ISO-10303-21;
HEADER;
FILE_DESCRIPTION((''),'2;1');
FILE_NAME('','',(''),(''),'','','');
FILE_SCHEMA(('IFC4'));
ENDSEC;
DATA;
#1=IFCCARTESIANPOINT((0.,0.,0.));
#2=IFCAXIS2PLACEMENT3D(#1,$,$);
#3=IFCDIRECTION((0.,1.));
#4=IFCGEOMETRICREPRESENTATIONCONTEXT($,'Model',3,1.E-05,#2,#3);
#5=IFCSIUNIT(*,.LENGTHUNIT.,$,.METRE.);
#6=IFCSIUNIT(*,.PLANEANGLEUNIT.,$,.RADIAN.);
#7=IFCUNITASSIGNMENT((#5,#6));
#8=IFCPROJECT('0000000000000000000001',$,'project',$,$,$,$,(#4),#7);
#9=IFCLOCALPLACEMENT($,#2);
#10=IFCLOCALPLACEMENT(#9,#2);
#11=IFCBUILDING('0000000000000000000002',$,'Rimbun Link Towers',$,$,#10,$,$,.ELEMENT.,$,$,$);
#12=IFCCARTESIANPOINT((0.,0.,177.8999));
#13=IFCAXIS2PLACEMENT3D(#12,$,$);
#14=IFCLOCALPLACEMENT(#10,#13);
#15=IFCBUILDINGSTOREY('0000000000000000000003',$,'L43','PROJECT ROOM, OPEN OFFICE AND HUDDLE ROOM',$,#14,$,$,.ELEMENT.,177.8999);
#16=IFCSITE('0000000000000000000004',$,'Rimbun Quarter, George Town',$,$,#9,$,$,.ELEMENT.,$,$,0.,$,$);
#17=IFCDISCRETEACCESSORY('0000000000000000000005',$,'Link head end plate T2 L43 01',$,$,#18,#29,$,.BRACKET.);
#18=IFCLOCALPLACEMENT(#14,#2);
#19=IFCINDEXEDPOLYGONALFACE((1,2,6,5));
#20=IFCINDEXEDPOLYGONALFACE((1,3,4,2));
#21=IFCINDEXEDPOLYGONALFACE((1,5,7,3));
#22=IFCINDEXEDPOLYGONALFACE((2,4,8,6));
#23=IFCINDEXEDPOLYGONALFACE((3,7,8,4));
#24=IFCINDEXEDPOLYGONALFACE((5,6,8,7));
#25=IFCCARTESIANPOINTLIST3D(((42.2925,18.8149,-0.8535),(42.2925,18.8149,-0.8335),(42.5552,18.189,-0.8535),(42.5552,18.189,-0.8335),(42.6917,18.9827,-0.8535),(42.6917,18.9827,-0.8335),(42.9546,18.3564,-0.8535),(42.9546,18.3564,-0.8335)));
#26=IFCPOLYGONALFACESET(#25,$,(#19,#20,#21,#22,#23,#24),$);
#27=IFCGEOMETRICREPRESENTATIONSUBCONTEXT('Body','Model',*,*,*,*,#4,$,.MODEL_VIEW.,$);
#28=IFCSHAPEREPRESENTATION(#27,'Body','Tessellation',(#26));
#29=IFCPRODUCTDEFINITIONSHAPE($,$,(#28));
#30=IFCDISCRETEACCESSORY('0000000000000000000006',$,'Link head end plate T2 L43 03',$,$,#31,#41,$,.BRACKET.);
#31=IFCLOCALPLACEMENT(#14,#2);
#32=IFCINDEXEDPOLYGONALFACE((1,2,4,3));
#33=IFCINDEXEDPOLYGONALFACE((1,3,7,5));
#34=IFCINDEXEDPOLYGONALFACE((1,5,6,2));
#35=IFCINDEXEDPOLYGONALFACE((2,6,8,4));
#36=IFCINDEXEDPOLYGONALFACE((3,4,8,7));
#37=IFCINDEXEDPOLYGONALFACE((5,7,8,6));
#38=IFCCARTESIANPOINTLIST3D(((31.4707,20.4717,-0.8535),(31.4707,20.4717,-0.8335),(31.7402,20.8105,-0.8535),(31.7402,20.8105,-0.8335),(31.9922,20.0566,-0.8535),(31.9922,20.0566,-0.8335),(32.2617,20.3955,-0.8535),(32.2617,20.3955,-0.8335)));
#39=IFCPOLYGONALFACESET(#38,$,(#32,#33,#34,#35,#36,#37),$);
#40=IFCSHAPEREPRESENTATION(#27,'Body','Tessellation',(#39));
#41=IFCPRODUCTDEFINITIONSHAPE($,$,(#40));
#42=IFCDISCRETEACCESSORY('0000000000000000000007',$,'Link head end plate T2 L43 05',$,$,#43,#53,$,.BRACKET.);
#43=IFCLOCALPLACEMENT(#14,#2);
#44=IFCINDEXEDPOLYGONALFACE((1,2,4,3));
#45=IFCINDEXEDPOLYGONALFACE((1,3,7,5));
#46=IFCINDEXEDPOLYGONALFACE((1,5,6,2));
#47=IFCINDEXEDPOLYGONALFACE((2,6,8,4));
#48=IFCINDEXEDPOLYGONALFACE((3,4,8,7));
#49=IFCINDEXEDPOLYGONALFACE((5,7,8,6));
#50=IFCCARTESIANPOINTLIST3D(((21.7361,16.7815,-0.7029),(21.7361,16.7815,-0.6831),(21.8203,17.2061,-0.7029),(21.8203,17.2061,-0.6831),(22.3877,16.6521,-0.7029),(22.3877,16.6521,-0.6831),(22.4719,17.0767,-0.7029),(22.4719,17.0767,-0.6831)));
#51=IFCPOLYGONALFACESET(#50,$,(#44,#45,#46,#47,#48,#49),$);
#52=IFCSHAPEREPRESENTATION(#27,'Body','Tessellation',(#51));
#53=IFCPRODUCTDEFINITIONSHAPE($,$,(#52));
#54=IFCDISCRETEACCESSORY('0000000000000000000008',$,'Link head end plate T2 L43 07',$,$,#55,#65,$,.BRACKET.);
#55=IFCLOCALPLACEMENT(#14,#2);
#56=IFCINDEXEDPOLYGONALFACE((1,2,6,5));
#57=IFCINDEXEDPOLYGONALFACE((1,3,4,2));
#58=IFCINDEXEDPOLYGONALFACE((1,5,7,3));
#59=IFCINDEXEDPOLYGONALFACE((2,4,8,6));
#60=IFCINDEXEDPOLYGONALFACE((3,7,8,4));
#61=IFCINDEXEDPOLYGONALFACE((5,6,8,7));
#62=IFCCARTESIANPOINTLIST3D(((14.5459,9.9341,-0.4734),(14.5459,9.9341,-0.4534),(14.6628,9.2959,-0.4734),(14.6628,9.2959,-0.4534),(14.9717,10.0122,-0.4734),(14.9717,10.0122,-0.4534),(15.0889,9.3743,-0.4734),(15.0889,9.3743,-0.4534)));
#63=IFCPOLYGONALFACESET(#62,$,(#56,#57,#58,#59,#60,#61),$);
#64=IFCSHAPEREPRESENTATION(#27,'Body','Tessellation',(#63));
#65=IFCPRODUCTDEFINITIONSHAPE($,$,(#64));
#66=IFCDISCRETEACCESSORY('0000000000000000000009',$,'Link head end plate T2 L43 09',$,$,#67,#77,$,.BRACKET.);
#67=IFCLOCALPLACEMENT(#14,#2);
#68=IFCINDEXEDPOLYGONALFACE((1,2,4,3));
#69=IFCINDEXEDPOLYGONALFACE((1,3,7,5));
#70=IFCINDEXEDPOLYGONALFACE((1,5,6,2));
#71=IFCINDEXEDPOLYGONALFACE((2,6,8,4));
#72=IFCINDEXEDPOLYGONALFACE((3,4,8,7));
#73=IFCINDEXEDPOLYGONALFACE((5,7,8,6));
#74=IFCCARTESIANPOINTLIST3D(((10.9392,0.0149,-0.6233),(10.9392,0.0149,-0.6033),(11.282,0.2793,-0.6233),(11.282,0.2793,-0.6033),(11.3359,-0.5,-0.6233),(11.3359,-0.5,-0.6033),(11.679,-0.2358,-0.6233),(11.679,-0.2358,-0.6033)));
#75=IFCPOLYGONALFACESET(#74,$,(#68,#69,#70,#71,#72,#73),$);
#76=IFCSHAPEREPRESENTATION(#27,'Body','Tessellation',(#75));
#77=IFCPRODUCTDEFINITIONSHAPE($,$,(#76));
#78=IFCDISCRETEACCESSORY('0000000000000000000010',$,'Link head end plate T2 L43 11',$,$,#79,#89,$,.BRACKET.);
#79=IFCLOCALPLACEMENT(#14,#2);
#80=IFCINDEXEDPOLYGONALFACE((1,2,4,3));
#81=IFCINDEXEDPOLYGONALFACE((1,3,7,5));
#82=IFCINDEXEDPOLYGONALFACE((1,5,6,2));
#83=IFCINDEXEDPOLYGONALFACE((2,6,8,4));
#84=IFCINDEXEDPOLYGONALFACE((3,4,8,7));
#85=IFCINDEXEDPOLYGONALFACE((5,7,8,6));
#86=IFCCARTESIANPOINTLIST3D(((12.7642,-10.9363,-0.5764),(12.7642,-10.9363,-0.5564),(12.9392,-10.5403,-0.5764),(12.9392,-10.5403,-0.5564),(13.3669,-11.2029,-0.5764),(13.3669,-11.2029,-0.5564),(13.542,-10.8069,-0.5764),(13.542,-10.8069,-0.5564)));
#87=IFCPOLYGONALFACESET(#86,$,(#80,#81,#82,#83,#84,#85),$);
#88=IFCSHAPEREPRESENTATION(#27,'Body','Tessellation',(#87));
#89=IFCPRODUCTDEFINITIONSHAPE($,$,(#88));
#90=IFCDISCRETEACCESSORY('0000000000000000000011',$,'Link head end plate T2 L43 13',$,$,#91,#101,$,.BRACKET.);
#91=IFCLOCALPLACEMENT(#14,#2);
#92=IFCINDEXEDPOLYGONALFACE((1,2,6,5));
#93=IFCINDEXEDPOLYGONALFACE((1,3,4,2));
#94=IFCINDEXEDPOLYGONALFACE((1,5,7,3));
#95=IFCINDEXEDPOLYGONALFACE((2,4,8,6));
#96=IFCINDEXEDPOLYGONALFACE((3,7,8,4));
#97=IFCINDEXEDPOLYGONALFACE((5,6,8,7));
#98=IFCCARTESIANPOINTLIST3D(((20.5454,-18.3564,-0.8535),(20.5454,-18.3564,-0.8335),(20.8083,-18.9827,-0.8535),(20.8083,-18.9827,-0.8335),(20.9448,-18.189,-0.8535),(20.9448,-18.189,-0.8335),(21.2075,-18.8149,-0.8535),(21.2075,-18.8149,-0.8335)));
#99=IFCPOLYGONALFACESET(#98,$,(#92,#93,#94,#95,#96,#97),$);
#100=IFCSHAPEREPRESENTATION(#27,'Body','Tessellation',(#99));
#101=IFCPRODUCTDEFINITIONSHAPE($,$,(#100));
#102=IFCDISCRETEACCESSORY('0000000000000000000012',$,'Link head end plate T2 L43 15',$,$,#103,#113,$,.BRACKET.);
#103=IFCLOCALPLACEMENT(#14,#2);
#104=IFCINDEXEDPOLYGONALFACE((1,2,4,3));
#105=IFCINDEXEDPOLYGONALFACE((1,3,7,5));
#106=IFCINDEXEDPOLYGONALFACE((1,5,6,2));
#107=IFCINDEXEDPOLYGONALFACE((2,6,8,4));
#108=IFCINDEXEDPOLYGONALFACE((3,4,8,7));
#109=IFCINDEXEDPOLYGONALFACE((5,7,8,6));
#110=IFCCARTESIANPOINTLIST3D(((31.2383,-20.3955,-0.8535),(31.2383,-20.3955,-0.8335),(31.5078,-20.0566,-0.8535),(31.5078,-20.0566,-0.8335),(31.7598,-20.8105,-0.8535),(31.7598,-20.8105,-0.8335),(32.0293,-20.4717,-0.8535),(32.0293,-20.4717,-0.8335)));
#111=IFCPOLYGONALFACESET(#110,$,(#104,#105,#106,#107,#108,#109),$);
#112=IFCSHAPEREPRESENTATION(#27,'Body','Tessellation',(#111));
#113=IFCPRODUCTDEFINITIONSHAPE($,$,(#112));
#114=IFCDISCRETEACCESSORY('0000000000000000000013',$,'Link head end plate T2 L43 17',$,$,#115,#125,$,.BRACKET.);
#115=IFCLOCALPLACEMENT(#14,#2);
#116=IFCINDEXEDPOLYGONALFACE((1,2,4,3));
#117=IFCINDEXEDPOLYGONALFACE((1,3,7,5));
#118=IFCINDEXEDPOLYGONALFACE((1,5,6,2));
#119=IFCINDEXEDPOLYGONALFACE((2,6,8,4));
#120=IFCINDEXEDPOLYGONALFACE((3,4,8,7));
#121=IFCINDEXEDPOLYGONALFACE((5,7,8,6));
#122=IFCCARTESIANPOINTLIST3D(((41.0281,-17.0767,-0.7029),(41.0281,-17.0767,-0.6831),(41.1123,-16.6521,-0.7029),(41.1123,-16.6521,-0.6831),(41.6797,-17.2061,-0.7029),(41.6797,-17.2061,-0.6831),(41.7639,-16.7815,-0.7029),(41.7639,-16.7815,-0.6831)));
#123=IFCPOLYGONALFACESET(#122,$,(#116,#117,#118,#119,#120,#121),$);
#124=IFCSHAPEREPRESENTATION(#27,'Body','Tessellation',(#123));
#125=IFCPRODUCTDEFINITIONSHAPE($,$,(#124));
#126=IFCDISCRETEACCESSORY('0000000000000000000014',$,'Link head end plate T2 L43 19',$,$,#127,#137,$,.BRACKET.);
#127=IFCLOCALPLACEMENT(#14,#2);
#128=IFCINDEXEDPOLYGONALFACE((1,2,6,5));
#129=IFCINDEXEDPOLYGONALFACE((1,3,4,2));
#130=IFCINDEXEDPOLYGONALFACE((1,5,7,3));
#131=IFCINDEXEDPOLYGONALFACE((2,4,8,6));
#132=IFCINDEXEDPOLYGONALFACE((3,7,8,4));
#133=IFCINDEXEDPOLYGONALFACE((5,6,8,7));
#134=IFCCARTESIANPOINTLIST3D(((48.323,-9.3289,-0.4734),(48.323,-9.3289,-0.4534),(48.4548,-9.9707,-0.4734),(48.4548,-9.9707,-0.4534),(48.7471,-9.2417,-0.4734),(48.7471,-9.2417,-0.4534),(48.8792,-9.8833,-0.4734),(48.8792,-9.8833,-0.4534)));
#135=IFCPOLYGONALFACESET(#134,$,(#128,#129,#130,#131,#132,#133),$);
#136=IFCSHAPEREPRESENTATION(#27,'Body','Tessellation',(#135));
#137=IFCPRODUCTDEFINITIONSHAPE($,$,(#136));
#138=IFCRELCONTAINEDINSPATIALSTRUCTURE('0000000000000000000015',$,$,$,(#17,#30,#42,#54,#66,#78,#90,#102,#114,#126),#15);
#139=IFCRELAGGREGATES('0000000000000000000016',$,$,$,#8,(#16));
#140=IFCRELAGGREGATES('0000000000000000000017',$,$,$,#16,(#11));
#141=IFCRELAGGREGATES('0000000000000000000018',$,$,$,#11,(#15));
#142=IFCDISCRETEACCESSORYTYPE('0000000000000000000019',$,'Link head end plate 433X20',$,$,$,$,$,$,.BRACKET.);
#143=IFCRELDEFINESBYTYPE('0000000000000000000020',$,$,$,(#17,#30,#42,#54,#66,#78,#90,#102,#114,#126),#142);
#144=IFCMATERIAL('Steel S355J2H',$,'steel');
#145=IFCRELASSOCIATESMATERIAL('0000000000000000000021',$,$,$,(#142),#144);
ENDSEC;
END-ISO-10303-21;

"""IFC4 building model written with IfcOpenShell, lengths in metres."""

from ifc_helpers import new_model, si_unit, direction, frame, origin, origin_2d, place, context, subcontext, project, spatial, polyline, rectangle, outline, extrude, material, material_profile, profile_set, type_object, element, save


model = new_model("IFC4")

# Units and contexts
model_context = context("Model", 3, precision=1e-05, world=origin(), true_north=direction((0.0, 1.0)))
body_context = subcontext(model_context, "Body", "Model", "MODEL_VIEW")
ifc_project = project(units=[si_unit("LENGTHUNIT", "METRE"), si_unit("PLANEANGLEUNIT", "RADIAN")], contexts=[model_context])

# Site, building, storey
site_placement = place(None, origin())
site = spatial("IfcSite", under=ifc_project, at=site_placement, Name="Rimbun Quarter, George Town", CompositionType="ELEMENT", RefElevation=0.0)
building_placement = place(site_placement, origin())
building = spatial("IfcBuilding", under=site, at=building_placement, Name="Rimbun Link Towers", CompositionType="ELEMENT")
storey_placement = place(building_placement, frame((0.0, 0.0, 177.8999)))
storey = spatial("IfcBuildingStorey", under=building, at=storey_placement, Name="L43", Description="PROJECT ROOM, OPEN OFFICE AND HUDDLE ROOM", CompositionType="ELEMENT", Elevation=177.8999)

# Discrete accessories
ifc_material_1 = material(Name="Steel S355J2H", Category="steel")
ifc_material_profile_1 = material_profile(ifc_material_1, rectangle(XDim=0.4331, YDim=0.4331, at=origin_2d()), Name="PL 433x433")
ifc_profile_set_1 = profile_set([ifc_material_profile_1], Name="Steel S355J2H")
discrete_accessory_type_1 = type_object("IfcDiscreteAccessoryType", Name="Link head end plate 433X20", PredefinedType="BRACKET", material=ifc_profile_set_1)
discrete_accessory_1_placement = place(storey_placement, frame((0.0, 0.0, -0.8535)))
element("IfcDiscreteAccessory", 1, at=discrete_accessory_1_placement, inside=storey, type_object=discrete_accessory_type_1, Name="Link head end plate T2 L43 01", PredefinedType="BRACKET", context=body_context, shape_type="SweptSolid", body=[
    extrude(outline(polyline([(42.9546, 18.3564), (42.6917, 18.9827), (42.2925, 18.8149), (42.5552, 18.189), (42.9546, 18.3564)])), origin(), (0.0, 0.0, 1.0), 0.02),
])
discrete_accessory_2_placement = place(storey_placement, frame((0.0, 0.0, -0.8535)))
element("IfcDiscreteAccessory", 2, at=discrete_accessory_2_placement, inside=storey, type_object=discrete_accessory_type_1, Name="Link head end plate T2 L43 03", PredefinedType="BRACKET", context=body_context, shape_type="SweptSolid", body=[
    extrude(outline(polyline([(32.2617, 20.3955), (31.7402, 20.8105), (31.4707, 20.4717), (31.9922, 20.0566), (32.2617, 20.3955)])), origin(), (0.0, 0.0, 1.0), 0.02),
])
discrete_accessory_3_placement = place(storey_placement, frame((0.0, 0.0, -0.7029)))
element("IfcDiscreteAccessory", 3, at=discrete_accessory_3_placement, inside=storey, type_object=discrete_accessory_type_1, Name="Link head end plate T2 L43 05", PredefinedType="BRACKET", context=body_context, shape_type="SweptSolid", body=[
    extrude(outline(polyline([(22.4719, 17.0767), (21.8203, 17.2061), (21.7361, 16.7815), (22.3877, 16.6521), (22.4719, 17.0767)])), origin(), (0.0, 0.0, 1.0), 0.0198),
])
discrete_accessory_4_placement = place(storey_placement, frame((0.0, 0.0, -0.4734)))
element("IfcDiscreteAccessory", 4, at=discrete_accessory_4_placement, inside=storey, type_object=discrete_accessory_type_1, Name="Link head end plate T2 L43 07", PredefinedType="BRACKET", context=body_context, shape_type="SweptSolid", body=[
    extrude(outline(polyline([(15.0889, 9.3743), (14.9717, 10.0122), (14.5459, 9.9341), (14.6628, 9.2959), (15.0889, 9.3743)])), origin(), (0.0, 0.0, 1.0), 0.02),
])
discrete_accessory_5_placement = place(storey_placement, frame((0.0, 0.0, -0.6233)))
element("IfcDiscreteAccessory", 5, at=discrete_accessory_5_placement, inside=storey, type_object=discrete_accessory_type_1, Name="Link head end plate T2 L43 09", PredefinedType="BRACKET", context=body_context, shape_type="SweptSolid", body=[
    extrude(outline(polyline([(11.679, -0.2358), (11.282, 0.2793), (10.9392, 0.0149), (11.3359, -0.5), (11.679, -0.2358)])), origin(), (0.0, 0.0, 1.0), 0.02),
])
discrete_accessory_6_placement = place(storey_placement, frame((0.0, 0.0, -0.5764)))
element("IfcDiscreteAccessory", 6, at=discrete_accessory_6_placement, inside=storey, type_object=discrete_accessory_type_1, Name="Link head end plate T2 L43 11", PredefinedType="BRACKET", context=body_context, shape_type="SweptSolid", body=[
    extrude(outline(polyline([(13.542, -10.8069), (12.9392, -10.5403), (12.7642, -10.9363), (13.3669, -11.2029), (13.542, -10.8069)])), origin(), (0.0, 0.0, 1.0), 0.02),
])
discrete_accessory_7_placement = place(storey_placement, frame((0.0, 0.0, -0.8535)))
element("IfcDiscreteAccessory", 7, at=discrete_accessory_7_placement, inside=storey, type_object=discrete_accessory_type_1, Name="Link head end plate T2 L43 13", PredefinedType="BRACKET", context=body_context, shape_type="SweptSolid", body=[
    extrude(outline(polyline([(20.5454, -18.3564), (20.8083, -18.9827), (21.2075, -18.8149), (20.9448, -18.189), (20.5454, -18.3564)])), origin(), (0.0, 0.0, 1.0), 0.02),
])
discrete_accessory_8_placement = place(storey_placement, frame((0.0, 0.0, -0.8535)))
element("IfcDiscreteAccessory", 8, at=discrete_accessory_8_placement, inside=storey, type_object=discrete_accessory_type_1, Name="Link head end plate T2 L43 15", PredefinedType="BRACKET", context=body_context, shape_type="SweptSolid", body=[
    extrude(outline(polyline([(31.2383, -20.3955), (31.7598, -20.8105), (32.0293, -20.4717), (31.5078, -20.0566), (31.2383, -20.3955)])), origin(), (0.0, 0.0, 1.0), 0.02),
])
discrete_accessory_9_placement = place(storey_placement, frame((0.0, 0.0, -0.7029)))
element("IfcDiscreteAccessory", 9, at=discrete_accessory_9_placement, inside=storey, type_object=discrete_accessory_type_1, Name="Link head end plate T2 L43 17", PredefinedType="BRACKET", context=body_context, shape_type="SweptSolid", body=[
    extrude(outline(polyline([(41.0281, -17.0767), (41.6797, -17.2061), (41.7639, -16.7815), (41.1123, -16.6521), (41.0281, -17.0767)])), origin(), (0.0, 0.0, 1.0), 0.0198),
])
discrete_accessory_10_placement = place(storey_placement, frame((0.0, 0.0, -0.4734)))
element("IfcDiscreteAccessory", 10, at=discrete_accessory_10_placement, inside=storey, type_object=discrete_accessory_type_1, Name="Link head end plate T2 L43 19", PredefinedType="BRACKET", context=body_context, shape_type="SweptSolid", body=[
    extrude(outline(polyline([(48.323, -9.3289), (48.4548, -9.9707), (48.8792, -9.8833), (48.7471, -9.2417), (48.323, -9.3289)])), origin(), (0.0, 0.0, 1.0), 0.02),
])

save(model, "model.ifc")
